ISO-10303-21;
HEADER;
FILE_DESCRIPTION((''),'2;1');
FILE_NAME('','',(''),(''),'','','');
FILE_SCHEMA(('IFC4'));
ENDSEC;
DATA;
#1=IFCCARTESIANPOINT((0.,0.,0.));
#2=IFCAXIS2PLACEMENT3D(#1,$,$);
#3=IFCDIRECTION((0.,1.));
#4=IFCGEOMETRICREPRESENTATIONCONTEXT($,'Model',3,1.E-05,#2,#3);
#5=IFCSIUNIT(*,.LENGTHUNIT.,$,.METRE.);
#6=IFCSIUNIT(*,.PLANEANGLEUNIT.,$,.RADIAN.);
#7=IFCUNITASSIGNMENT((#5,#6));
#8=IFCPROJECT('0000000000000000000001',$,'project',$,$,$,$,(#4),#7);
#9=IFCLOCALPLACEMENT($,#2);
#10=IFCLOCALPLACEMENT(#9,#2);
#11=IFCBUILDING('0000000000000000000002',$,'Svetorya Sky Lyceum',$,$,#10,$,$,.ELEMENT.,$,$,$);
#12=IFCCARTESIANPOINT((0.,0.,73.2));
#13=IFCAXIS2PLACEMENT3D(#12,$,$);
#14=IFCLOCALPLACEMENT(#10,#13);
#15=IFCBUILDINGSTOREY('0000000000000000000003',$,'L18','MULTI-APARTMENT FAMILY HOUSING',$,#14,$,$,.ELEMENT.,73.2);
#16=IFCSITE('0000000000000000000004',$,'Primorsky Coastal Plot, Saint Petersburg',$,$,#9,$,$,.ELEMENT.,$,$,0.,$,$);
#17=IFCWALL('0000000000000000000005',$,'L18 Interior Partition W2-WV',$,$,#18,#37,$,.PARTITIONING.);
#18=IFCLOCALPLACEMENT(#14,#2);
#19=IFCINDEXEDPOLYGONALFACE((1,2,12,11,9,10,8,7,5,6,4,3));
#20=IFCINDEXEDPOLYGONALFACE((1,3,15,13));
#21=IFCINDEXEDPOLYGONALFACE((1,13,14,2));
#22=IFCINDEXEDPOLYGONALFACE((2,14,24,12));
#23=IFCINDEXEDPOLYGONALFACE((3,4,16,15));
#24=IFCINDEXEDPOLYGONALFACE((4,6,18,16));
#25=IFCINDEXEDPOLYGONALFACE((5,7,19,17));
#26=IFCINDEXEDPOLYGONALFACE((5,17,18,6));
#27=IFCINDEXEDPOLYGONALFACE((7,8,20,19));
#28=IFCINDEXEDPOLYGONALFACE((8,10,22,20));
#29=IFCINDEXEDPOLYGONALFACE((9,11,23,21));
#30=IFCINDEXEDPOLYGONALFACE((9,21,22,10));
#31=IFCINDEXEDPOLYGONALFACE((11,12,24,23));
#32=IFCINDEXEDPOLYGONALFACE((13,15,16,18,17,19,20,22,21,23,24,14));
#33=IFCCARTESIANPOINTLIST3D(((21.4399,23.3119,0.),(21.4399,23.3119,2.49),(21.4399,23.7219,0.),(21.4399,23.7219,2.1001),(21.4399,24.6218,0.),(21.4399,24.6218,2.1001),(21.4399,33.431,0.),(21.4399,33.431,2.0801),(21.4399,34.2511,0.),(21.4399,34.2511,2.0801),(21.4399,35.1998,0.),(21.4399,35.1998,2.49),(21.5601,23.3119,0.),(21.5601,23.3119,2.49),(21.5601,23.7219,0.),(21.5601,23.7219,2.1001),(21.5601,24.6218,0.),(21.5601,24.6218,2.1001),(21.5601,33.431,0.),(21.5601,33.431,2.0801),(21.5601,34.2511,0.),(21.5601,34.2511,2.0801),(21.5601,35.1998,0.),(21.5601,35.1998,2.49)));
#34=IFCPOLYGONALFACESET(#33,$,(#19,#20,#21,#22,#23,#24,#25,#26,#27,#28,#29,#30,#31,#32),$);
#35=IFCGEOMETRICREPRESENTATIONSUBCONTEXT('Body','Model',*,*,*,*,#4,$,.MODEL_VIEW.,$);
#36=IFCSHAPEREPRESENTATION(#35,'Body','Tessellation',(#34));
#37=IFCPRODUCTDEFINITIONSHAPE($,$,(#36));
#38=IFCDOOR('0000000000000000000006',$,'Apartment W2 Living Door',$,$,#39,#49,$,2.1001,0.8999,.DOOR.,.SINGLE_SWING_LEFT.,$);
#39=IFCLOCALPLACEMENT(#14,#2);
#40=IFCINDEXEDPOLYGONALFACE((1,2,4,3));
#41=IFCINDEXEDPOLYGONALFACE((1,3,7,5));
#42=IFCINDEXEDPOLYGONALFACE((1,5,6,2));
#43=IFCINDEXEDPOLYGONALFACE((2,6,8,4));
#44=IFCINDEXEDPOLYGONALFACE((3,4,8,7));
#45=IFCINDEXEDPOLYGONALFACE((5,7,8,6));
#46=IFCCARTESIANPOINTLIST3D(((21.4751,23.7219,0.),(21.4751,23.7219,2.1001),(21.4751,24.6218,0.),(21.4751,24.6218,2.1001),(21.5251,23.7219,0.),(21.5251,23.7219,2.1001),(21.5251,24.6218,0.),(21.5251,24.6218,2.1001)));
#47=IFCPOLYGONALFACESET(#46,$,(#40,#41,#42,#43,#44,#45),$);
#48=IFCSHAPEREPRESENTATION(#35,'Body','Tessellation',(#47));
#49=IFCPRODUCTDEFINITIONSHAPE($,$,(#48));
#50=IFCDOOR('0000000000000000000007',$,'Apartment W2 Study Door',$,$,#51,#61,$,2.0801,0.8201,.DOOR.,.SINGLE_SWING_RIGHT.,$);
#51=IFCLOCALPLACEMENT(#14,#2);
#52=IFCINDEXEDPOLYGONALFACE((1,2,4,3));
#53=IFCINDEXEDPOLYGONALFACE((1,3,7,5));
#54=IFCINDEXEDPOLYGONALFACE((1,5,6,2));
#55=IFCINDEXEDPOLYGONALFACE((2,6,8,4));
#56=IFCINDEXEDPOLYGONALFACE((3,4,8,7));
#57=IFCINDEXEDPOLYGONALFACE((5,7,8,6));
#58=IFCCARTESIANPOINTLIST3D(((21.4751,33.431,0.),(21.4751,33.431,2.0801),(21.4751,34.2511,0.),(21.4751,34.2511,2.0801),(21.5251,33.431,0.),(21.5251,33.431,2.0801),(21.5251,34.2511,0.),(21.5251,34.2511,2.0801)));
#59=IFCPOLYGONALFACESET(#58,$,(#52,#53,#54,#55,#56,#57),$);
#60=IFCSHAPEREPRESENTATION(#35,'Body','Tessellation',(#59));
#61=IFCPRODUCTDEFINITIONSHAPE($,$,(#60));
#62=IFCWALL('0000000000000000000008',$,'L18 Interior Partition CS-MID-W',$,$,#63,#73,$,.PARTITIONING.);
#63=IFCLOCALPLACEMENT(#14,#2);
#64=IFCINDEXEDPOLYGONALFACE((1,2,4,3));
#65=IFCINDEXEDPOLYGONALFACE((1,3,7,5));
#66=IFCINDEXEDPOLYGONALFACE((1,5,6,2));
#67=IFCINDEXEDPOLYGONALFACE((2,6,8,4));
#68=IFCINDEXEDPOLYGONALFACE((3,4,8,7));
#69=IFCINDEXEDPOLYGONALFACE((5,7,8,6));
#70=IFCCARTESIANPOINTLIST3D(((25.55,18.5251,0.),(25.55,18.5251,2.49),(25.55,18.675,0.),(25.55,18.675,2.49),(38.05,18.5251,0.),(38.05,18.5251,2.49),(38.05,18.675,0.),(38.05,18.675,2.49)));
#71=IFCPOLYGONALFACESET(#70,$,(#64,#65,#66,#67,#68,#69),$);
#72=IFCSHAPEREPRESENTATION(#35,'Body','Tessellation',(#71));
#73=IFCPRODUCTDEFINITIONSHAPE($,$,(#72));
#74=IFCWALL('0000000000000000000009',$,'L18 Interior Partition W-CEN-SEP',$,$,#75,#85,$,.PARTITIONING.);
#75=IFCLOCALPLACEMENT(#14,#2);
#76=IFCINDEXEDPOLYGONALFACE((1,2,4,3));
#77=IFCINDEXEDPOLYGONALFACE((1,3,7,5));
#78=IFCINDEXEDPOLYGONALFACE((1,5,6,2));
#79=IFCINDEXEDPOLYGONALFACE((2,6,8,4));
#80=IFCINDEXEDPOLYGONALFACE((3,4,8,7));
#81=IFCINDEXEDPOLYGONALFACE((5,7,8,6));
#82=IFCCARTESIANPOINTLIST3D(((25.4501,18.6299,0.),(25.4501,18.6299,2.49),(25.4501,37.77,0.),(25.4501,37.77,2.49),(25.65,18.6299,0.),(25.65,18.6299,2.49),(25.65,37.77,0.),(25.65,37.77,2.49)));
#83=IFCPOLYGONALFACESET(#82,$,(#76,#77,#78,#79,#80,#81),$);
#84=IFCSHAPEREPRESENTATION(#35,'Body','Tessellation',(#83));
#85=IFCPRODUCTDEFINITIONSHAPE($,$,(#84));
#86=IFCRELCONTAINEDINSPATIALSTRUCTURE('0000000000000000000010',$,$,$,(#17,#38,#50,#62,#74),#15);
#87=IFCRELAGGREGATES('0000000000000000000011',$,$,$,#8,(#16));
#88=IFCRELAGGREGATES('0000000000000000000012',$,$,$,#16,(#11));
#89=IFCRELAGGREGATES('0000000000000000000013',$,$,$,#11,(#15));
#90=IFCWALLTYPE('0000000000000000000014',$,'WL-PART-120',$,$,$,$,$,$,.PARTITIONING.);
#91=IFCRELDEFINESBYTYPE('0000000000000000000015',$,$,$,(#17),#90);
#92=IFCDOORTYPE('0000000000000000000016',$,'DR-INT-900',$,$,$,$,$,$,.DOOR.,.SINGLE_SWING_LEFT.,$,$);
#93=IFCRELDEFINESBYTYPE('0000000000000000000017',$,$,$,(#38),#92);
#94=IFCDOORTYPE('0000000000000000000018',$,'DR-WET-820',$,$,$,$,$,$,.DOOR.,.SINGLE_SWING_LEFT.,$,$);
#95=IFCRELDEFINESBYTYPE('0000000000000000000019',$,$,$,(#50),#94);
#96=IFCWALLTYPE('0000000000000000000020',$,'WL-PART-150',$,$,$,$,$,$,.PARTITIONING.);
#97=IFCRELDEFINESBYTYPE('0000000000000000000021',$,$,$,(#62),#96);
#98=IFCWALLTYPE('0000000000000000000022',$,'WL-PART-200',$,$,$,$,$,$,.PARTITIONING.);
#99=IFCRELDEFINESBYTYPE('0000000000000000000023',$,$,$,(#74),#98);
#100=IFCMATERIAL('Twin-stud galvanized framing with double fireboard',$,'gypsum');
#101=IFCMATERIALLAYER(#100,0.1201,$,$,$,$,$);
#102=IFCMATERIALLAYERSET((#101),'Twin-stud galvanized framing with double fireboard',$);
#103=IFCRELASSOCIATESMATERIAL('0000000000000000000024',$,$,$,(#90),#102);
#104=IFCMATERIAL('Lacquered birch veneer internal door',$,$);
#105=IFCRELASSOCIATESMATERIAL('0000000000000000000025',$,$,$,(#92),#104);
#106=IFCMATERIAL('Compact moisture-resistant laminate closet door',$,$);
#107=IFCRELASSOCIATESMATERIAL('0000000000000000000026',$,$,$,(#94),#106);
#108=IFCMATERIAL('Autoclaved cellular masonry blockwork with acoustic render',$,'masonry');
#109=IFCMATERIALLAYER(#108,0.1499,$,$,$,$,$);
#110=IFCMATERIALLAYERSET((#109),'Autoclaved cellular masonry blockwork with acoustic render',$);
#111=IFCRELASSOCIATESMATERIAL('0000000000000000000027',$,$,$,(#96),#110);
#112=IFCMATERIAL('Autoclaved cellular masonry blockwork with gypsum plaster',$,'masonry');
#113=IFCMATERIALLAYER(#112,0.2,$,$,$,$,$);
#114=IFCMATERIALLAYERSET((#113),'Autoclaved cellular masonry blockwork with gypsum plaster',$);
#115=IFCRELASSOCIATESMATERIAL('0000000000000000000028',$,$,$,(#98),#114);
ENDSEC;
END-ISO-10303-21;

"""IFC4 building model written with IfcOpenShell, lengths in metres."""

from ifc_helpers import new_model, si_unit, direction, frame, frame_2d, origin, place, context, subcontext, project, spatial, rectangle, extrude, material, layer, layer_set, type_object, element, fill, save


model = new_model("IFC4")

# Units and contexts
model_context = context("Model", 3, precision=1e-05, world=origin(), true_north=direction((0.0, 1.0)))
body_context = subcontext(model_context, "Body", "Model", "MODEL_VIEW")
ifc_project = project(units=[si_unit("LENGTHUNIT", "METRE"), si_unit("PLANEANGLEUNIT", "RADIAN")], contexts=[model_context])

# Site, building, storey
site_placement = place(None, origin())
site = spatial("IfcSite", under=ifc_project, at=site_placement, Name="Primorsky Coastal Plot, Saint Petersburg", CompositionType="ELEMENT", RefElevation=0.0)
building_placement = place(site_placement, origin())
building = spatial("IfcBuilding", under=site, at=building_placement, Name="Svetorya Sky Lyceum", CompositionType="ELEMENT")
storey_placement = place(building_placement, frame((0.0, 0.0, 73.2)))
storey = spatial("IfcBuildingStorey", under=building, at=storey_placement, Name="L18", Description="MULTI-APARTMENT FAMILY HOUSING", CompositionType="ELEMENT", Elevation=73.2)

# Shared definitions
ifc_material_1 = material(Name="Twin-stud galvanized framing with double fireboard", Category="gypsum")
ifc_layer_1 = layer(ifc_material_1, 0.1201)
ifc_layer_set_1 = layer_set([ifc_layer_1], Name="Twin-stud galvanized framing with double fireboard")
wall_type_1 = type_object("IfcWallType", Name="WL-PART-120", PredefinedType="PARTITIONING", material=ifc_layer_set_1)

# Wall, openings, doors
ifc_material_2 = material(Name="Lacquered birch veneer internal door")
door_type_1 = type_object("IfcDoorType", Name="DR-INT-900", OperationType="SINGLE_SWING_LEFT", PredefinedType="DOOR", material=ifc_material_2)
ifc_material_3 = material(Name="Compact moisture-resistant laminate closet door")
door_type_2 = type_object("IfcDoorType", Name="DR-WET-820", OperationType="SINGLE_SWING_LEFT", PredefinedType="DOOR", material=ifc_material_3)
wall_1_placement = place(storey_placement, frame((21.5, 23.312, 0.0), z_axis=(0.0, 0.0, 1.0), x_axis=(0.0, 1.0, 0.0)))
wall_1 = element("IfcWall", 1, at=wall_1_placement, inside=storey, type_object=wall_type_1, Name="L18 Interior Partition W2-WV", PredefinedType="PARTITIONING", context=body_context, shape_type="SweptSolid", body=[
    extrude(rectangle(XDim=11.8879, YDim=0.1201, at=frame_2d((5.9438, 0.0))), origin(), (0.0, 0.0, 1.0), 2.49),
])
opening_1_placement = place(wall_1_placement, frame((0.4099, 0.0, 0.0)))
opening_1 = element("IfcOpeningElement", 2, at=opening_1_placement, cuts=wall_1, PredefinedType="OPENING", context=body_context, shape_type="SweptSolid", body=[
    extrude(rectangle(XDim=0.8999, YDim=2.1001, at=frame_2d((0.45, 1.05))), frame((0.0, 0.0701, 0.0), z_axis=(0.0, -1.0, 0.0), x_axis=(1.0, 0.0, 0.0)), (0.0, 0.0, 1.0), 0.1401),
])
opening_2_placement = place(wall_1_placement, frame((10.1189, 0.0, 0.0)))
opening_2 = element("IfcOpeningElement", 3, at=opening_2_placement, cuts=wall_1, PredefinedType="OPENING", context=body_context, shape_type="SweptSolid", body=[
    extrude(rectangle(XDim=0.8201, YDim=2.0801, at=frame_2d((0.4102, 1.04))), frame((0.0, 0.0701, 0.0), z_axis=(0.0, -1.0, 0.0), x_axis=(1.0, 0.0, 0.0)), (0.0, 0.0, 1.0), 0.1401),
])
door_1_placement = place(opening_1_placement, origin())
door_1 = element("IfcDoor", 4, at=door_1_placement, inside=storey, type_object=door_type_1, Name="Apartment W2 Living Door", OperationType="SINGLE_SWING_LEFT", OverallHeight=2.1001, OverallWidth=0.8999, PredefinedType="DOOR", context=body_context, shape_type="SweptSolid", body=[
    extrude(rectangle(XDim=0.8999, YDim=2.1001, at=frame_2d((0.45, 1.05))), frame((0.0, 0.0249, 0.0), z_axis=(0.0, -1.0, 0.0), x_axis=(1.0, 0.0, 0.0)), (0.0, 0.0, 1.0), 0.05),
])
fill(opening_1, door_1)
door_2_placement = place(opening_2_placement, origin())
door_2 = element("IfcDoor", 5, at=door_2_placement, inside=storey, type_object=door_type_2, Name="Apartment W2 Study Door", OperationType="SINGLE_SWING_RIGHT", OverallHeight=2.0801, OverallWidth=0.8201, PredefinedType="DOOR", context=body_context, shape_type="SweptSolid", body=[
    extrude(rectangle(XDim=0.8201, YDim=2.0801, at=frame_2d((0.4102, 1.04))), frame((0.0, 0.0249, 0.0), z_axis=(0.0, -1.0, 0.0), x_axis=(1.0, 0.0, 0.0)), (0.0, 0.0, 1.0), 0.05),
])
fill(opening_2, door_2)

# Walls
ifc_material_4 = material(Name="Autoclaved cellular masonry blockwork with acoustic render", Category="masonry")
ifc_layer_2 = layer(ifc_material_4, 0.1499)
ifc_layer_set_2 = layer_set([ifc_layer_2], Name="Autoclaved cellular masonry blockwork with acoustic render")
wall_type_2 = type_object("IfcWallType", Name="WL-PART-150", PredefinedType="PARTITIONING", material=ifc_layer_set_2)
wall_2_placement = place(storey_placement, frame((25.55, 18.6001, 0.0), z_axis=(0.0, 0.0, 1.0), x_axis=(1.0, 0.0, 0.0)))
element("IfcWall", 6, at=wall_2_placement, inside=storey, type_object=wall_type_2, Name="L18 Interior Partition CS-MID-W", PredefinedType="PARTITIONING", context=body_context, shape_type="SweptSolid", body=[
    extrude(rectangle(XDim=12.5, YDim=0.1499, at=frame_2d((6.25, 0.0))), origin(), (0.0, 0.0, 1.0), 2.49),
])
ifc_material_5 = material(Name="Autoclaved cellular masonry blockwork with gypsum plaster", Category="masonry")
ifc_layer_3 = layer(ifc_material_5, 0.2)
ifc_layer_set_3 = layer_set([ifc_layer_3], Name="Autoclaved cellular masonry blockwork with gypsum plaster")
wall_type_3 = type_object("IfcWallType", Name="WL-PART-200", PredefinedType="PARTITIONING", material=ifc_layer_set_3)
wall_3_placement = place(storey_placement, frame((25.55, 18.6299, 0.0), z_axis=(0.0, 0.0, 1.0), x_axis=(0.0, 1.0, 0.0)))
element("IfcWall", 7, at=wall_3_placement, inside=storey, type_object=wall_type_3, Name="L18 Interior Partition W-CEN-SEP", PredefinedType="PARTITIONING", context=body_context, shape_type="SweptSolid", body=[
    extrude(rectangle(XDim=19.1401, YDim=0.2, at=frame_2d((9.5701, 0.0))), origin(), (0.0, 0.0, 1.0), 2.49),
])

save(model, "model.ifc")
